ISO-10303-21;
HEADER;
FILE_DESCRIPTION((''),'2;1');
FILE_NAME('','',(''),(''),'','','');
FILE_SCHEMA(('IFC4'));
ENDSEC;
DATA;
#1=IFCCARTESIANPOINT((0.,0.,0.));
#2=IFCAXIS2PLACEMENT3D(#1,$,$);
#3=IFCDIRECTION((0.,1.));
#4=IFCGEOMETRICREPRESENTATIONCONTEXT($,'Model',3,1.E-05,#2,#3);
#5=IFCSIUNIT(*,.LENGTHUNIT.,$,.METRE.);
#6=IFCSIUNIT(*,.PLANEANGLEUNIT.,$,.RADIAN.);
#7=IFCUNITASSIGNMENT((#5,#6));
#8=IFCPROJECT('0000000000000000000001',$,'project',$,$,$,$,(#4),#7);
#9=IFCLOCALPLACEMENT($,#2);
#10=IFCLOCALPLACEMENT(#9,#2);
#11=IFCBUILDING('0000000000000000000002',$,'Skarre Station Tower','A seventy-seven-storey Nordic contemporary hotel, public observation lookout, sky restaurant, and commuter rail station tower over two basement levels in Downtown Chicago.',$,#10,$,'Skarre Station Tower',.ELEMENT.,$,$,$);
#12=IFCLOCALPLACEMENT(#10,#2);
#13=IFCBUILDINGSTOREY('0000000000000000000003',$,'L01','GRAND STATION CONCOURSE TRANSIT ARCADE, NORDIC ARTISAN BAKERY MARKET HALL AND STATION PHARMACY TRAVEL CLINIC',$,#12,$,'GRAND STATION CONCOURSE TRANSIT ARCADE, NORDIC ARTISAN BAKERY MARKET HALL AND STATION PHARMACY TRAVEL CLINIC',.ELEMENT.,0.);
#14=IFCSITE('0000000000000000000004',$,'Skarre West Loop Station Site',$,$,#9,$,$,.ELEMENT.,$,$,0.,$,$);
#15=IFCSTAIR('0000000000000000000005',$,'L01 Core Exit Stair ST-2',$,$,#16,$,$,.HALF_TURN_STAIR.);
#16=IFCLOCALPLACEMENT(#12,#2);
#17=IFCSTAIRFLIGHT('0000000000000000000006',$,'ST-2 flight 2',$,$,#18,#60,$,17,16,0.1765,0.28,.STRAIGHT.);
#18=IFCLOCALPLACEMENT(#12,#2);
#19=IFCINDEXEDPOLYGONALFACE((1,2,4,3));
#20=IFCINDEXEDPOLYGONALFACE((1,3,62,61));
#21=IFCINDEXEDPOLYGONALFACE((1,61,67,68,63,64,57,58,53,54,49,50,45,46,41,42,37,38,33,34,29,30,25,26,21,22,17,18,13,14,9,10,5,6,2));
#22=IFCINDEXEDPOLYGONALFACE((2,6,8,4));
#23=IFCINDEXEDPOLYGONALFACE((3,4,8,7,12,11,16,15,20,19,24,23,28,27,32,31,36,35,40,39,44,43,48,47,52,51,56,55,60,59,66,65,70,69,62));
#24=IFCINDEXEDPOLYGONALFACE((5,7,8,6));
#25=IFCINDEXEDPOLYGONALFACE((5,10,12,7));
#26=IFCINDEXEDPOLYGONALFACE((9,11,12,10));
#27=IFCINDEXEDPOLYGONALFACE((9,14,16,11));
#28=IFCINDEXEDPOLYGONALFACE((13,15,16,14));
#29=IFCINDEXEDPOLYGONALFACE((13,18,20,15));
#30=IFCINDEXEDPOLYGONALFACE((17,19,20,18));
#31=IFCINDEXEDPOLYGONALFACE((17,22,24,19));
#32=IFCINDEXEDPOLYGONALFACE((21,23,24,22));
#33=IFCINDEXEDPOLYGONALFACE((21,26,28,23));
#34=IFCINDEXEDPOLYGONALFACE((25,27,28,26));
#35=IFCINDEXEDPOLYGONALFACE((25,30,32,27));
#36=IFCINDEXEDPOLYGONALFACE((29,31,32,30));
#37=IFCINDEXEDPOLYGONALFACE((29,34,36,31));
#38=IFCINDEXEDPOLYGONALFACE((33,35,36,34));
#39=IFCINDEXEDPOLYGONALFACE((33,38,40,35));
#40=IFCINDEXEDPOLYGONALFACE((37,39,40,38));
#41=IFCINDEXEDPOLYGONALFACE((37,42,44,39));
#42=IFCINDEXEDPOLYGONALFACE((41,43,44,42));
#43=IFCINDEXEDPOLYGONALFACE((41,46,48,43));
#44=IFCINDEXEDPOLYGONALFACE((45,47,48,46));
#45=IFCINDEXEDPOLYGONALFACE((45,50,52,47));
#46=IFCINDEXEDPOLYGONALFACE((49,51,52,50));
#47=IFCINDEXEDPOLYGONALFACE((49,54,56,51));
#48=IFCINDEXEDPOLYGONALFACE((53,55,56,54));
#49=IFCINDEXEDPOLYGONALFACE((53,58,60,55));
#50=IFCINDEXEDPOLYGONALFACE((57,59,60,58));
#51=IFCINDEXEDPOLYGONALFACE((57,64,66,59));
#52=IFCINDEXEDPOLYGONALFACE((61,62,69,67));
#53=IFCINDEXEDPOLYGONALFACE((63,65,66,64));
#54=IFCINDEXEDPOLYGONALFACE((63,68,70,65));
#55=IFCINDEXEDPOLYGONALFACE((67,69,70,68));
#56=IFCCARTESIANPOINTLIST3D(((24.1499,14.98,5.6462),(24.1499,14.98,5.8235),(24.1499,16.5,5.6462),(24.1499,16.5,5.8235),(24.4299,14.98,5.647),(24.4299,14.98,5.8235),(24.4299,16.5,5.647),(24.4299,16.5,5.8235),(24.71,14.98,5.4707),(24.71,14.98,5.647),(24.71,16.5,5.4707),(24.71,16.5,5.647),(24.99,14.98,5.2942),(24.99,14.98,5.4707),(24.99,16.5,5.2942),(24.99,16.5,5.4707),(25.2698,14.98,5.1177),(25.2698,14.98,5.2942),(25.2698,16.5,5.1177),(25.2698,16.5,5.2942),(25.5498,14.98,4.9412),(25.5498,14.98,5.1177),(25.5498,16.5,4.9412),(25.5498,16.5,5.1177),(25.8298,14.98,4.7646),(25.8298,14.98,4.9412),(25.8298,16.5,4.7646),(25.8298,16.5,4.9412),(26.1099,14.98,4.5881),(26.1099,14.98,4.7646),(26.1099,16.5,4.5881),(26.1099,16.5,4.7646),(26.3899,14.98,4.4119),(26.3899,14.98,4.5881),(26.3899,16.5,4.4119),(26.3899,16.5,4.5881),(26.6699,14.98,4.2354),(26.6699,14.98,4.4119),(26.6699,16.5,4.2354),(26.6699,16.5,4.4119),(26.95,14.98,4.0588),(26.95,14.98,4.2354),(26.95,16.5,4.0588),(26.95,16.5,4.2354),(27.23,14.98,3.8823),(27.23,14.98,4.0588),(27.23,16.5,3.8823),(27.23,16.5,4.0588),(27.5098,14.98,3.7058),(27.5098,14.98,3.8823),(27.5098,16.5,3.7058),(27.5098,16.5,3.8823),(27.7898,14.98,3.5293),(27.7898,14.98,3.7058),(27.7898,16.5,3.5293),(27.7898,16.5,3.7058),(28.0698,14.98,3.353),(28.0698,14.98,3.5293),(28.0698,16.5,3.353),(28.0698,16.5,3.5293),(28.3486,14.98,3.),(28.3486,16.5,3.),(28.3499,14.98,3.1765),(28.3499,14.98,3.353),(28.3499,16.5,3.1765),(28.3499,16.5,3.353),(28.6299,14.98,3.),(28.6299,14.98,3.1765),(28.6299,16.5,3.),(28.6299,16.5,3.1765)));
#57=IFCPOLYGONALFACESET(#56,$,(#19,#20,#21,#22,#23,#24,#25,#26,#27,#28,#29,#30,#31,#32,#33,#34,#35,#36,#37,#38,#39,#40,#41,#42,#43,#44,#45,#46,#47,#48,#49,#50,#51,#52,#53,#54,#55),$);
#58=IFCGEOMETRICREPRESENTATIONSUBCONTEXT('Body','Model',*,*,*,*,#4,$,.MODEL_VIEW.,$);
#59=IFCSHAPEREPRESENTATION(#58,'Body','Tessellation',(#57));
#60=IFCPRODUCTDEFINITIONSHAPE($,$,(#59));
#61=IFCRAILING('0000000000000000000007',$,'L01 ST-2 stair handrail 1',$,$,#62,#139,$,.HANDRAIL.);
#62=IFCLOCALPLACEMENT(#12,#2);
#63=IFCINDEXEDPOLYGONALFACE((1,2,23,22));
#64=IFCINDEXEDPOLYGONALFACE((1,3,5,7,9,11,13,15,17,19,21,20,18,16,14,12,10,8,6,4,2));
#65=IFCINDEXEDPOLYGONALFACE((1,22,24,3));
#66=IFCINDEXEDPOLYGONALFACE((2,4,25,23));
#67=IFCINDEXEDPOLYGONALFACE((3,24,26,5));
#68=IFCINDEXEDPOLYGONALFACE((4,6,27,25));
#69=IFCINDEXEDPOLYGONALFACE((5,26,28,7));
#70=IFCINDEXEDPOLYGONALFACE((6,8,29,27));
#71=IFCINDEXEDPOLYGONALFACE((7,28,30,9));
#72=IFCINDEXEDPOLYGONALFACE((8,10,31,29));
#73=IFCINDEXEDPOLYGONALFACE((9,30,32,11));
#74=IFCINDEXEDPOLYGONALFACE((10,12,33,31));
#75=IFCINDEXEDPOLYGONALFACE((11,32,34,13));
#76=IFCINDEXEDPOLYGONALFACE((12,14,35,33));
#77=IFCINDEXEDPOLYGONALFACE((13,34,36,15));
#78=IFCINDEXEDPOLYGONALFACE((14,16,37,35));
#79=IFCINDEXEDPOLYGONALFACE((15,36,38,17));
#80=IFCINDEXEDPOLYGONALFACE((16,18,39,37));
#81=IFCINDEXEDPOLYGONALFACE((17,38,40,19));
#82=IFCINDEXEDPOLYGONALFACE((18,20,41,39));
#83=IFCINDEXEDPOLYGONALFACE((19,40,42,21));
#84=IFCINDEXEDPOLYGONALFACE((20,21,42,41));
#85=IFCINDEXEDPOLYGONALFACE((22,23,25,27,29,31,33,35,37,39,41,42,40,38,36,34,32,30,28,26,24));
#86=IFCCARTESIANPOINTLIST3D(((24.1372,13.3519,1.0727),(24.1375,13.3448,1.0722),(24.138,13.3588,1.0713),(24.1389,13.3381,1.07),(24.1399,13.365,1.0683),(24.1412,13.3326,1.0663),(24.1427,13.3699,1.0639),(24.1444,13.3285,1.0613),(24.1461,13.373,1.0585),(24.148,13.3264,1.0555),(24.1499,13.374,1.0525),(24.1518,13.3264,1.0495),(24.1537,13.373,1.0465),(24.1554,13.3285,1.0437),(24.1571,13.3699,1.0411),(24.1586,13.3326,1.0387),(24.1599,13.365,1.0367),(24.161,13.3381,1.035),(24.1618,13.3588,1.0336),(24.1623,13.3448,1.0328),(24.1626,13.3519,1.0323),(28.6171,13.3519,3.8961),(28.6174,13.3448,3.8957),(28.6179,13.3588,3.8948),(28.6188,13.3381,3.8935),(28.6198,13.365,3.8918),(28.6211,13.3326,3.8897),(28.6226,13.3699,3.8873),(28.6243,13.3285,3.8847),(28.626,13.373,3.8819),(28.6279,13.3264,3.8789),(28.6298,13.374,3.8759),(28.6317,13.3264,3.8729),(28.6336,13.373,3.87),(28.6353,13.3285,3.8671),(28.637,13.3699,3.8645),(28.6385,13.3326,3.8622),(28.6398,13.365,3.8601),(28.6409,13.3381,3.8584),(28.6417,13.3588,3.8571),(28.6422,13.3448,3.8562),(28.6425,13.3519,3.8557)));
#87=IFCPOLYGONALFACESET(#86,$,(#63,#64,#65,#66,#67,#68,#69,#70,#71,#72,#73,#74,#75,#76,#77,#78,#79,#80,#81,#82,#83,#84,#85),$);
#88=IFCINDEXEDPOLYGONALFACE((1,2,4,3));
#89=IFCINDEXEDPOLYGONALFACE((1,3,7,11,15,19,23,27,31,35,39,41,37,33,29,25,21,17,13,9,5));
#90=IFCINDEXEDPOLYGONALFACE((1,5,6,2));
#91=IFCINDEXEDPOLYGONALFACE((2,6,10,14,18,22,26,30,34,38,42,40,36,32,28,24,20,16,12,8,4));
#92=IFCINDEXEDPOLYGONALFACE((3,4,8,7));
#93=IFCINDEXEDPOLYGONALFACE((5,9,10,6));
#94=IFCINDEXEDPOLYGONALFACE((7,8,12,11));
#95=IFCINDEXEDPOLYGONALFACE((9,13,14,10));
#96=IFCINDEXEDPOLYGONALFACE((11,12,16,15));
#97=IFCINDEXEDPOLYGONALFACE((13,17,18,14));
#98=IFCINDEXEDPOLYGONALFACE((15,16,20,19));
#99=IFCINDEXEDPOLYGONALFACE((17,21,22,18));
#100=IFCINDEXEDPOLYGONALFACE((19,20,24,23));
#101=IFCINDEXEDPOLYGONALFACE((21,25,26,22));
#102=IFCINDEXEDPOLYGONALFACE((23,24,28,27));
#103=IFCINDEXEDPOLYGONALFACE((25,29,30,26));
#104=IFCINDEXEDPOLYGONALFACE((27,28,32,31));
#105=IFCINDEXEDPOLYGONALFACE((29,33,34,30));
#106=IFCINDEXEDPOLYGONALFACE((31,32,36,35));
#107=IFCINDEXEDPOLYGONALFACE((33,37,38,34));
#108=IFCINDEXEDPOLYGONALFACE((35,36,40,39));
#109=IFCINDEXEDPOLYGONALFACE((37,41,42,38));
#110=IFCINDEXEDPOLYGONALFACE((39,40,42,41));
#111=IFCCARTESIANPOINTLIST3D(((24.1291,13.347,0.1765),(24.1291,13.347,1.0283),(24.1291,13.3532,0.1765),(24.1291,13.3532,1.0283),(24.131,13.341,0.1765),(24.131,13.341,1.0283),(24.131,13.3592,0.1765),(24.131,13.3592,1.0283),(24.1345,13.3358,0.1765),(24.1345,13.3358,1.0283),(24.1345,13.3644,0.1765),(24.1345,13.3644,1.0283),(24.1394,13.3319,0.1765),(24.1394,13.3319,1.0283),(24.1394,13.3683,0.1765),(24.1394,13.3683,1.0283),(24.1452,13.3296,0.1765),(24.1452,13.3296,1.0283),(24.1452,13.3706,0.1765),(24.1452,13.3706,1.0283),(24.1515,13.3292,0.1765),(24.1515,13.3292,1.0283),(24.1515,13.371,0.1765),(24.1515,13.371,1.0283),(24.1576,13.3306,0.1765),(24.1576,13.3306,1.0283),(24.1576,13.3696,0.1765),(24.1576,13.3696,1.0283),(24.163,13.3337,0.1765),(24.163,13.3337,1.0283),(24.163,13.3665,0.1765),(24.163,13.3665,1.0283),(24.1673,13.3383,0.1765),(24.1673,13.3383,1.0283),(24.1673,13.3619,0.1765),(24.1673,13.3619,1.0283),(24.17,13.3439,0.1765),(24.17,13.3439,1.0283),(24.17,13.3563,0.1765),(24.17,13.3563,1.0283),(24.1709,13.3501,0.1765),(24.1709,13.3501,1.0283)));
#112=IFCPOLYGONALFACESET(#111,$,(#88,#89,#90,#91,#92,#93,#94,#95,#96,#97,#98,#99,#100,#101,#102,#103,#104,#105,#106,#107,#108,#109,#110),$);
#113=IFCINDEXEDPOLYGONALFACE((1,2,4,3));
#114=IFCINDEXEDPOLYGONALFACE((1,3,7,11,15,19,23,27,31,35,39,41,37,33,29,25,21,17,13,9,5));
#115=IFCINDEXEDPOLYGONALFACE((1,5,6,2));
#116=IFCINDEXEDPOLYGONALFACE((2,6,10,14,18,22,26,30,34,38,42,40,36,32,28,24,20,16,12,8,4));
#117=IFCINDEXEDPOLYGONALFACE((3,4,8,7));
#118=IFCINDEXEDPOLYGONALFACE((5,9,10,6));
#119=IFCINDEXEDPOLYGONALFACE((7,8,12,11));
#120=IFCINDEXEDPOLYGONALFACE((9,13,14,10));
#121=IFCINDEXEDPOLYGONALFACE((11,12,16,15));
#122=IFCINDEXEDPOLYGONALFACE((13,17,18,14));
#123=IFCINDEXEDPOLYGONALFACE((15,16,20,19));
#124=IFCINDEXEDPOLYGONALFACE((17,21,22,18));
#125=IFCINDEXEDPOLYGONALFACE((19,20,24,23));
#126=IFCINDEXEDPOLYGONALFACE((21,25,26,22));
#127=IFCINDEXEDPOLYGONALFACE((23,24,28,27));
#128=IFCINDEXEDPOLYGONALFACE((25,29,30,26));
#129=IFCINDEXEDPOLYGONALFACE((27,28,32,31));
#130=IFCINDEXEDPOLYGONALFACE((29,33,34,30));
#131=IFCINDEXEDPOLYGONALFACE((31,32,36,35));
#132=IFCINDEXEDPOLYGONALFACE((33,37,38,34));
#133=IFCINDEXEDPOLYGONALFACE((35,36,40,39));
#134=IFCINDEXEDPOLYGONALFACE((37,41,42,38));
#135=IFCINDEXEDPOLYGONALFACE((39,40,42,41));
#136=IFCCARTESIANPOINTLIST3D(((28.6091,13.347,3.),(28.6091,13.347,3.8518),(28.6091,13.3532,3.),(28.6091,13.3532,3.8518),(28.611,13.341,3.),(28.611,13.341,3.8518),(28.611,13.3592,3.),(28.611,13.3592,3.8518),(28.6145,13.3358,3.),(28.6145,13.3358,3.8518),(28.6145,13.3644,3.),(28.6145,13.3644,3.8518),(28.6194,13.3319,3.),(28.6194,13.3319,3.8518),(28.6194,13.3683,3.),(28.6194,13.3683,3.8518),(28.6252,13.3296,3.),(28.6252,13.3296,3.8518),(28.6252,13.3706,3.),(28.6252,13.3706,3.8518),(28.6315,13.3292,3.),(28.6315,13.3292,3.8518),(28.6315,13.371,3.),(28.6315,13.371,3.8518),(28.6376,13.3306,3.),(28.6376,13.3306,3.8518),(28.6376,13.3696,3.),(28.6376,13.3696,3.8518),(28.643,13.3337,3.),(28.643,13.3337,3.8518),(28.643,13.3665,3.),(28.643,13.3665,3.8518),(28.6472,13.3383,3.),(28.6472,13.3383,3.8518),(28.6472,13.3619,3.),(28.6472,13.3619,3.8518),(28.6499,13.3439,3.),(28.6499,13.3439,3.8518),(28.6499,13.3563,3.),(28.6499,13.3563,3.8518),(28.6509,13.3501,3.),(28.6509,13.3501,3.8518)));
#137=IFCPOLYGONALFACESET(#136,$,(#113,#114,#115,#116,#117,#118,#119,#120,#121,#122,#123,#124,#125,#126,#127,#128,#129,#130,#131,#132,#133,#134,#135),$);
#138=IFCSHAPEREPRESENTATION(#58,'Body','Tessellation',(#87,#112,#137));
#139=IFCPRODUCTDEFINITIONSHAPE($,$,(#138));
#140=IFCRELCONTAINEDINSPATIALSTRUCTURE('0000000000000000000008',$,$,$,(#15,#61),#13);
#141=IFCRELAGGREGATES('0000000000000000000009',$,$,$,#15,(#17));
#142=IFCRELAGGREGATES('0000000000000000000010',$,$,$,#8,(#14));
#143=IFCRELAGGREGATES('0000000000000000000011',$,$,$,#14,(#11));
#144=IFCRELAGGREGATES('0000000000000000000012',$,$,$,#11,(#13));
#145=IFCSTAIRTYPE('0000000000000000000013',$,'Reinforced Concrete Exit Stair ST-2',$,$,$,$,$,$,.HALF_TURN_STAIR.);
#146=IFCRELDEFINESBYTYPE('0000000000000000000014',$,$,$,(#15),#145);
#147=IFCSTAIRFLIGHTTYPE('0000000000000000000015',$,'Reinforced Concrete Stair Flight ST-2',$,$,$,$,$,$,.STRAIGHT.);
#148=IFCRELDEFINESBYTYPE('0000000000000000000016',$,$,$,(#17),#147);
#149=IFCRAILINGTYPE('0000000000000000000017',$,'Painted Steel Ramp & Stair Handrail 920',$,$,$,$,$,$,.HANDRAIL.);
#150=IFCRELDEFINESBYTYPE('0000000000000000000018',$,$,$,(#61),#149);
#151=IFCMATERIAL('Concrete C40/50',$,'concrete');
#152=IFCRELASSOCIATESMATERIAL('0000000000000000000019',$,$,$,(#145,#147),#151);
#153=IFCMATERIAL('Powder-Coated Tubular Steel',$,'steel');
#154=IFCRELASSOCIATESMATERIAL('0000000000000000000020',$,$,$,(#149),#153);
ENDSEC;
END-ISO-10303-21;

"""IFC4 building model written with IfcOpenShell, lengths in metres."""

from ifc_helpers import new_model, si_unit, direction, frame, origin, origin_2d, place, context, subcontext, project, spatial, polyline, circle, outline, extrude, material, type_object, element, aggregate, save


model = new_model("IFC4")

# Units and contexts
model_context = context("Model", 3, precision=1e-05, world=origin(), true_north=direction((0.0, 1.0)))
body_context = subcontext(model_context, "Body", "Model", "MODEL_VIEW")
ifc_project = project(units=[si_unit("LENGTHUNIT", "METRE"), si_unit("PLANEANGLEUNIT", "RADIAN")], contexts=[model_context])

# Site, building, storey
site_placement = place(None, origin())
site = spatial("IfcSite", under=ifc_project, at=site_placement, Name="Skarre West Loop Station Site", CompositionType="ELEMENT", RefElevation=0.0)
building_placement = place(site_placement, origin())
building = spatial("IfcBuilding", under=site, at=building_placement, Name="Skarre Station Tower", Description="A seventy-seven-storey Nordic contemporary hotel, public observation lookout, sky restaurant, and commuter rail station tower over two basement levels in Downtown Chicago.", LongName="Skarre Station Tower", CompositionType="ELEMENT")
storey_placement = place(building_placement, origin())
storey = spatial("IfcBuildingStorey", under=building, at=storey_placement, Name="L01", Description="GRAND STATION CONCOURSE TRANSIT ARCADE, NORDIC ARTISAN BAKERY MARKET HALL AND STATION PHARMACY TRAVEL CLINIC", LongName="GRAND STATION CONCOURSE TRANSIT ARCADE, NORDIC ARTISAN BAKERY MARKET HALL AND STATION PHARMACY TRAVEL CLINIC", CompositionType="ELEMENT", Elevation=0.0)

# Stair, stair flight
ifc_material_1 = material(Name="Concrete C40/50", Category="concrete")
stair_type = type_object("IfcStairType", Name="Reinforced Concrete Exit Stair ST-2", PredefinedType="HALF_TURN_STAIR", material=ifc_material_1)
stair_placement = place(storey_placement, origin())
stair = element("IfcStair", 1, at=stair_placement, inside=storey, type_object=stair_type, Name="L01 Core Exit Stair ST-2", PredefinedType="HALF_TURN_STAIR")
stair_flight_type = type_object("IfcStairFlightType", Name="Reinforced Concrete Stair Flight ST-2", PredefinedType="STRAIGHT", material=ifc_material_1)
stair_flight_1_placement = place(storey_placement, frame((28.6299, 15.74, 3.0), z_axis=(0.0, 0.0, 1.0), x_axis=(-1.0, 0.0, 0.0)))
stair_flight_1 = element("IfcStairFlight", 2, at=stair_flight_1_placement, type_object=stair_flight_type, Name="ST-2 flight 2", NumberOfRisers=17, NumberOfTreads=16, PredefinedType="STRAIGHT", RiserHeight=0.1765, TreadLength=0.28, context=body_context, shape_type="SweptSolid", body=[
    extrude(outline(polyline([(0.0, 0.0), (0.0, 0.1765), (0.28, 0.1765), (0.28, 0.353), (0.5601, 0.353), (0.5601, 0.5293), (0.8401, 0.5293), (0.8401, 0.7058), (1.1201, 0.7058), (1.1201, 0.8823), (1.3999, 0.8823), (1.3999, 1.0588), (1.6799, 1.0588), (1.6799, 1.2354), (1.96, 1.2354), (1.96, 1.4119), (2.24, 1.4119), (2.24, 1.5881), (2.52, 1.5881), (2.52, 1.7646), (2.8, 1.7646), (2.8, 1.9412), (3.0801, 1.9412), (3.0801, 2.1177), (3.3601, 2.1177), (3.3601, 2.2942), (3.6399, 2.2942), (3.6399, 2.4707), (3.9199, 2.4707), (3.9199, 2.647), (4.2, 2.647), (4.2, 2.8235), (4.48, 2.8235), (4.48, 3.0), (4.48, 2.6462), (0.2812, 0.0), (0.0, 0.0)])), frame((0.0, 0.76, 0.0), z_axis=(0.0, -1.0, 0.0), x_axis=(1.0, 0.0, 0.0)), (0.0, 0.0, 1.0), 1.52),
])
aggregate(stair, [stair_flight_1])

# Railing
ifc_material_2 = material(Name="Powder-Coated Tubular Steel", Category="steel")
railing_type_1 = type_object("IfcRailingType", Name="Painted Steel Ramp & Stair Handrail 920", PredefinedType="HANDRAIL", material=ifc_material_2)
railing_1_placement = place(storey_placement, frame((24.1499, 13.3501, 0.1765)))
element("IfcRailing", 3, at=railing_1_placement, inside=storey, type_object=railing_type_1, Name="L01 ST-2 stair handrail 1", PredefinedType="HANDRAIL", context=body_context, shape_type="SweptSolid", body=[
    extrude(circle(Radius=0.0239, at=origin_2d()), frame((0.0, 0.0, 0.876), z_axis=(0.845998, 0.0, 0.533186), x_axis=(0.0, 1.0, 0.0)), (0.0, 0.0, 1.0), 5.2954),
    extrude(circle(Radius=0.021, at=origin_2d()), origin(), (0.0, 0.0, 1.0), 0.8518),
    extrude(circle(Radius=0.021, at=origin_2d()), frame((4.48, 0.0, 2.8235)), (0.0, 0.0, 1.0), 0.8518),
])

save(model, "model.ifc")
